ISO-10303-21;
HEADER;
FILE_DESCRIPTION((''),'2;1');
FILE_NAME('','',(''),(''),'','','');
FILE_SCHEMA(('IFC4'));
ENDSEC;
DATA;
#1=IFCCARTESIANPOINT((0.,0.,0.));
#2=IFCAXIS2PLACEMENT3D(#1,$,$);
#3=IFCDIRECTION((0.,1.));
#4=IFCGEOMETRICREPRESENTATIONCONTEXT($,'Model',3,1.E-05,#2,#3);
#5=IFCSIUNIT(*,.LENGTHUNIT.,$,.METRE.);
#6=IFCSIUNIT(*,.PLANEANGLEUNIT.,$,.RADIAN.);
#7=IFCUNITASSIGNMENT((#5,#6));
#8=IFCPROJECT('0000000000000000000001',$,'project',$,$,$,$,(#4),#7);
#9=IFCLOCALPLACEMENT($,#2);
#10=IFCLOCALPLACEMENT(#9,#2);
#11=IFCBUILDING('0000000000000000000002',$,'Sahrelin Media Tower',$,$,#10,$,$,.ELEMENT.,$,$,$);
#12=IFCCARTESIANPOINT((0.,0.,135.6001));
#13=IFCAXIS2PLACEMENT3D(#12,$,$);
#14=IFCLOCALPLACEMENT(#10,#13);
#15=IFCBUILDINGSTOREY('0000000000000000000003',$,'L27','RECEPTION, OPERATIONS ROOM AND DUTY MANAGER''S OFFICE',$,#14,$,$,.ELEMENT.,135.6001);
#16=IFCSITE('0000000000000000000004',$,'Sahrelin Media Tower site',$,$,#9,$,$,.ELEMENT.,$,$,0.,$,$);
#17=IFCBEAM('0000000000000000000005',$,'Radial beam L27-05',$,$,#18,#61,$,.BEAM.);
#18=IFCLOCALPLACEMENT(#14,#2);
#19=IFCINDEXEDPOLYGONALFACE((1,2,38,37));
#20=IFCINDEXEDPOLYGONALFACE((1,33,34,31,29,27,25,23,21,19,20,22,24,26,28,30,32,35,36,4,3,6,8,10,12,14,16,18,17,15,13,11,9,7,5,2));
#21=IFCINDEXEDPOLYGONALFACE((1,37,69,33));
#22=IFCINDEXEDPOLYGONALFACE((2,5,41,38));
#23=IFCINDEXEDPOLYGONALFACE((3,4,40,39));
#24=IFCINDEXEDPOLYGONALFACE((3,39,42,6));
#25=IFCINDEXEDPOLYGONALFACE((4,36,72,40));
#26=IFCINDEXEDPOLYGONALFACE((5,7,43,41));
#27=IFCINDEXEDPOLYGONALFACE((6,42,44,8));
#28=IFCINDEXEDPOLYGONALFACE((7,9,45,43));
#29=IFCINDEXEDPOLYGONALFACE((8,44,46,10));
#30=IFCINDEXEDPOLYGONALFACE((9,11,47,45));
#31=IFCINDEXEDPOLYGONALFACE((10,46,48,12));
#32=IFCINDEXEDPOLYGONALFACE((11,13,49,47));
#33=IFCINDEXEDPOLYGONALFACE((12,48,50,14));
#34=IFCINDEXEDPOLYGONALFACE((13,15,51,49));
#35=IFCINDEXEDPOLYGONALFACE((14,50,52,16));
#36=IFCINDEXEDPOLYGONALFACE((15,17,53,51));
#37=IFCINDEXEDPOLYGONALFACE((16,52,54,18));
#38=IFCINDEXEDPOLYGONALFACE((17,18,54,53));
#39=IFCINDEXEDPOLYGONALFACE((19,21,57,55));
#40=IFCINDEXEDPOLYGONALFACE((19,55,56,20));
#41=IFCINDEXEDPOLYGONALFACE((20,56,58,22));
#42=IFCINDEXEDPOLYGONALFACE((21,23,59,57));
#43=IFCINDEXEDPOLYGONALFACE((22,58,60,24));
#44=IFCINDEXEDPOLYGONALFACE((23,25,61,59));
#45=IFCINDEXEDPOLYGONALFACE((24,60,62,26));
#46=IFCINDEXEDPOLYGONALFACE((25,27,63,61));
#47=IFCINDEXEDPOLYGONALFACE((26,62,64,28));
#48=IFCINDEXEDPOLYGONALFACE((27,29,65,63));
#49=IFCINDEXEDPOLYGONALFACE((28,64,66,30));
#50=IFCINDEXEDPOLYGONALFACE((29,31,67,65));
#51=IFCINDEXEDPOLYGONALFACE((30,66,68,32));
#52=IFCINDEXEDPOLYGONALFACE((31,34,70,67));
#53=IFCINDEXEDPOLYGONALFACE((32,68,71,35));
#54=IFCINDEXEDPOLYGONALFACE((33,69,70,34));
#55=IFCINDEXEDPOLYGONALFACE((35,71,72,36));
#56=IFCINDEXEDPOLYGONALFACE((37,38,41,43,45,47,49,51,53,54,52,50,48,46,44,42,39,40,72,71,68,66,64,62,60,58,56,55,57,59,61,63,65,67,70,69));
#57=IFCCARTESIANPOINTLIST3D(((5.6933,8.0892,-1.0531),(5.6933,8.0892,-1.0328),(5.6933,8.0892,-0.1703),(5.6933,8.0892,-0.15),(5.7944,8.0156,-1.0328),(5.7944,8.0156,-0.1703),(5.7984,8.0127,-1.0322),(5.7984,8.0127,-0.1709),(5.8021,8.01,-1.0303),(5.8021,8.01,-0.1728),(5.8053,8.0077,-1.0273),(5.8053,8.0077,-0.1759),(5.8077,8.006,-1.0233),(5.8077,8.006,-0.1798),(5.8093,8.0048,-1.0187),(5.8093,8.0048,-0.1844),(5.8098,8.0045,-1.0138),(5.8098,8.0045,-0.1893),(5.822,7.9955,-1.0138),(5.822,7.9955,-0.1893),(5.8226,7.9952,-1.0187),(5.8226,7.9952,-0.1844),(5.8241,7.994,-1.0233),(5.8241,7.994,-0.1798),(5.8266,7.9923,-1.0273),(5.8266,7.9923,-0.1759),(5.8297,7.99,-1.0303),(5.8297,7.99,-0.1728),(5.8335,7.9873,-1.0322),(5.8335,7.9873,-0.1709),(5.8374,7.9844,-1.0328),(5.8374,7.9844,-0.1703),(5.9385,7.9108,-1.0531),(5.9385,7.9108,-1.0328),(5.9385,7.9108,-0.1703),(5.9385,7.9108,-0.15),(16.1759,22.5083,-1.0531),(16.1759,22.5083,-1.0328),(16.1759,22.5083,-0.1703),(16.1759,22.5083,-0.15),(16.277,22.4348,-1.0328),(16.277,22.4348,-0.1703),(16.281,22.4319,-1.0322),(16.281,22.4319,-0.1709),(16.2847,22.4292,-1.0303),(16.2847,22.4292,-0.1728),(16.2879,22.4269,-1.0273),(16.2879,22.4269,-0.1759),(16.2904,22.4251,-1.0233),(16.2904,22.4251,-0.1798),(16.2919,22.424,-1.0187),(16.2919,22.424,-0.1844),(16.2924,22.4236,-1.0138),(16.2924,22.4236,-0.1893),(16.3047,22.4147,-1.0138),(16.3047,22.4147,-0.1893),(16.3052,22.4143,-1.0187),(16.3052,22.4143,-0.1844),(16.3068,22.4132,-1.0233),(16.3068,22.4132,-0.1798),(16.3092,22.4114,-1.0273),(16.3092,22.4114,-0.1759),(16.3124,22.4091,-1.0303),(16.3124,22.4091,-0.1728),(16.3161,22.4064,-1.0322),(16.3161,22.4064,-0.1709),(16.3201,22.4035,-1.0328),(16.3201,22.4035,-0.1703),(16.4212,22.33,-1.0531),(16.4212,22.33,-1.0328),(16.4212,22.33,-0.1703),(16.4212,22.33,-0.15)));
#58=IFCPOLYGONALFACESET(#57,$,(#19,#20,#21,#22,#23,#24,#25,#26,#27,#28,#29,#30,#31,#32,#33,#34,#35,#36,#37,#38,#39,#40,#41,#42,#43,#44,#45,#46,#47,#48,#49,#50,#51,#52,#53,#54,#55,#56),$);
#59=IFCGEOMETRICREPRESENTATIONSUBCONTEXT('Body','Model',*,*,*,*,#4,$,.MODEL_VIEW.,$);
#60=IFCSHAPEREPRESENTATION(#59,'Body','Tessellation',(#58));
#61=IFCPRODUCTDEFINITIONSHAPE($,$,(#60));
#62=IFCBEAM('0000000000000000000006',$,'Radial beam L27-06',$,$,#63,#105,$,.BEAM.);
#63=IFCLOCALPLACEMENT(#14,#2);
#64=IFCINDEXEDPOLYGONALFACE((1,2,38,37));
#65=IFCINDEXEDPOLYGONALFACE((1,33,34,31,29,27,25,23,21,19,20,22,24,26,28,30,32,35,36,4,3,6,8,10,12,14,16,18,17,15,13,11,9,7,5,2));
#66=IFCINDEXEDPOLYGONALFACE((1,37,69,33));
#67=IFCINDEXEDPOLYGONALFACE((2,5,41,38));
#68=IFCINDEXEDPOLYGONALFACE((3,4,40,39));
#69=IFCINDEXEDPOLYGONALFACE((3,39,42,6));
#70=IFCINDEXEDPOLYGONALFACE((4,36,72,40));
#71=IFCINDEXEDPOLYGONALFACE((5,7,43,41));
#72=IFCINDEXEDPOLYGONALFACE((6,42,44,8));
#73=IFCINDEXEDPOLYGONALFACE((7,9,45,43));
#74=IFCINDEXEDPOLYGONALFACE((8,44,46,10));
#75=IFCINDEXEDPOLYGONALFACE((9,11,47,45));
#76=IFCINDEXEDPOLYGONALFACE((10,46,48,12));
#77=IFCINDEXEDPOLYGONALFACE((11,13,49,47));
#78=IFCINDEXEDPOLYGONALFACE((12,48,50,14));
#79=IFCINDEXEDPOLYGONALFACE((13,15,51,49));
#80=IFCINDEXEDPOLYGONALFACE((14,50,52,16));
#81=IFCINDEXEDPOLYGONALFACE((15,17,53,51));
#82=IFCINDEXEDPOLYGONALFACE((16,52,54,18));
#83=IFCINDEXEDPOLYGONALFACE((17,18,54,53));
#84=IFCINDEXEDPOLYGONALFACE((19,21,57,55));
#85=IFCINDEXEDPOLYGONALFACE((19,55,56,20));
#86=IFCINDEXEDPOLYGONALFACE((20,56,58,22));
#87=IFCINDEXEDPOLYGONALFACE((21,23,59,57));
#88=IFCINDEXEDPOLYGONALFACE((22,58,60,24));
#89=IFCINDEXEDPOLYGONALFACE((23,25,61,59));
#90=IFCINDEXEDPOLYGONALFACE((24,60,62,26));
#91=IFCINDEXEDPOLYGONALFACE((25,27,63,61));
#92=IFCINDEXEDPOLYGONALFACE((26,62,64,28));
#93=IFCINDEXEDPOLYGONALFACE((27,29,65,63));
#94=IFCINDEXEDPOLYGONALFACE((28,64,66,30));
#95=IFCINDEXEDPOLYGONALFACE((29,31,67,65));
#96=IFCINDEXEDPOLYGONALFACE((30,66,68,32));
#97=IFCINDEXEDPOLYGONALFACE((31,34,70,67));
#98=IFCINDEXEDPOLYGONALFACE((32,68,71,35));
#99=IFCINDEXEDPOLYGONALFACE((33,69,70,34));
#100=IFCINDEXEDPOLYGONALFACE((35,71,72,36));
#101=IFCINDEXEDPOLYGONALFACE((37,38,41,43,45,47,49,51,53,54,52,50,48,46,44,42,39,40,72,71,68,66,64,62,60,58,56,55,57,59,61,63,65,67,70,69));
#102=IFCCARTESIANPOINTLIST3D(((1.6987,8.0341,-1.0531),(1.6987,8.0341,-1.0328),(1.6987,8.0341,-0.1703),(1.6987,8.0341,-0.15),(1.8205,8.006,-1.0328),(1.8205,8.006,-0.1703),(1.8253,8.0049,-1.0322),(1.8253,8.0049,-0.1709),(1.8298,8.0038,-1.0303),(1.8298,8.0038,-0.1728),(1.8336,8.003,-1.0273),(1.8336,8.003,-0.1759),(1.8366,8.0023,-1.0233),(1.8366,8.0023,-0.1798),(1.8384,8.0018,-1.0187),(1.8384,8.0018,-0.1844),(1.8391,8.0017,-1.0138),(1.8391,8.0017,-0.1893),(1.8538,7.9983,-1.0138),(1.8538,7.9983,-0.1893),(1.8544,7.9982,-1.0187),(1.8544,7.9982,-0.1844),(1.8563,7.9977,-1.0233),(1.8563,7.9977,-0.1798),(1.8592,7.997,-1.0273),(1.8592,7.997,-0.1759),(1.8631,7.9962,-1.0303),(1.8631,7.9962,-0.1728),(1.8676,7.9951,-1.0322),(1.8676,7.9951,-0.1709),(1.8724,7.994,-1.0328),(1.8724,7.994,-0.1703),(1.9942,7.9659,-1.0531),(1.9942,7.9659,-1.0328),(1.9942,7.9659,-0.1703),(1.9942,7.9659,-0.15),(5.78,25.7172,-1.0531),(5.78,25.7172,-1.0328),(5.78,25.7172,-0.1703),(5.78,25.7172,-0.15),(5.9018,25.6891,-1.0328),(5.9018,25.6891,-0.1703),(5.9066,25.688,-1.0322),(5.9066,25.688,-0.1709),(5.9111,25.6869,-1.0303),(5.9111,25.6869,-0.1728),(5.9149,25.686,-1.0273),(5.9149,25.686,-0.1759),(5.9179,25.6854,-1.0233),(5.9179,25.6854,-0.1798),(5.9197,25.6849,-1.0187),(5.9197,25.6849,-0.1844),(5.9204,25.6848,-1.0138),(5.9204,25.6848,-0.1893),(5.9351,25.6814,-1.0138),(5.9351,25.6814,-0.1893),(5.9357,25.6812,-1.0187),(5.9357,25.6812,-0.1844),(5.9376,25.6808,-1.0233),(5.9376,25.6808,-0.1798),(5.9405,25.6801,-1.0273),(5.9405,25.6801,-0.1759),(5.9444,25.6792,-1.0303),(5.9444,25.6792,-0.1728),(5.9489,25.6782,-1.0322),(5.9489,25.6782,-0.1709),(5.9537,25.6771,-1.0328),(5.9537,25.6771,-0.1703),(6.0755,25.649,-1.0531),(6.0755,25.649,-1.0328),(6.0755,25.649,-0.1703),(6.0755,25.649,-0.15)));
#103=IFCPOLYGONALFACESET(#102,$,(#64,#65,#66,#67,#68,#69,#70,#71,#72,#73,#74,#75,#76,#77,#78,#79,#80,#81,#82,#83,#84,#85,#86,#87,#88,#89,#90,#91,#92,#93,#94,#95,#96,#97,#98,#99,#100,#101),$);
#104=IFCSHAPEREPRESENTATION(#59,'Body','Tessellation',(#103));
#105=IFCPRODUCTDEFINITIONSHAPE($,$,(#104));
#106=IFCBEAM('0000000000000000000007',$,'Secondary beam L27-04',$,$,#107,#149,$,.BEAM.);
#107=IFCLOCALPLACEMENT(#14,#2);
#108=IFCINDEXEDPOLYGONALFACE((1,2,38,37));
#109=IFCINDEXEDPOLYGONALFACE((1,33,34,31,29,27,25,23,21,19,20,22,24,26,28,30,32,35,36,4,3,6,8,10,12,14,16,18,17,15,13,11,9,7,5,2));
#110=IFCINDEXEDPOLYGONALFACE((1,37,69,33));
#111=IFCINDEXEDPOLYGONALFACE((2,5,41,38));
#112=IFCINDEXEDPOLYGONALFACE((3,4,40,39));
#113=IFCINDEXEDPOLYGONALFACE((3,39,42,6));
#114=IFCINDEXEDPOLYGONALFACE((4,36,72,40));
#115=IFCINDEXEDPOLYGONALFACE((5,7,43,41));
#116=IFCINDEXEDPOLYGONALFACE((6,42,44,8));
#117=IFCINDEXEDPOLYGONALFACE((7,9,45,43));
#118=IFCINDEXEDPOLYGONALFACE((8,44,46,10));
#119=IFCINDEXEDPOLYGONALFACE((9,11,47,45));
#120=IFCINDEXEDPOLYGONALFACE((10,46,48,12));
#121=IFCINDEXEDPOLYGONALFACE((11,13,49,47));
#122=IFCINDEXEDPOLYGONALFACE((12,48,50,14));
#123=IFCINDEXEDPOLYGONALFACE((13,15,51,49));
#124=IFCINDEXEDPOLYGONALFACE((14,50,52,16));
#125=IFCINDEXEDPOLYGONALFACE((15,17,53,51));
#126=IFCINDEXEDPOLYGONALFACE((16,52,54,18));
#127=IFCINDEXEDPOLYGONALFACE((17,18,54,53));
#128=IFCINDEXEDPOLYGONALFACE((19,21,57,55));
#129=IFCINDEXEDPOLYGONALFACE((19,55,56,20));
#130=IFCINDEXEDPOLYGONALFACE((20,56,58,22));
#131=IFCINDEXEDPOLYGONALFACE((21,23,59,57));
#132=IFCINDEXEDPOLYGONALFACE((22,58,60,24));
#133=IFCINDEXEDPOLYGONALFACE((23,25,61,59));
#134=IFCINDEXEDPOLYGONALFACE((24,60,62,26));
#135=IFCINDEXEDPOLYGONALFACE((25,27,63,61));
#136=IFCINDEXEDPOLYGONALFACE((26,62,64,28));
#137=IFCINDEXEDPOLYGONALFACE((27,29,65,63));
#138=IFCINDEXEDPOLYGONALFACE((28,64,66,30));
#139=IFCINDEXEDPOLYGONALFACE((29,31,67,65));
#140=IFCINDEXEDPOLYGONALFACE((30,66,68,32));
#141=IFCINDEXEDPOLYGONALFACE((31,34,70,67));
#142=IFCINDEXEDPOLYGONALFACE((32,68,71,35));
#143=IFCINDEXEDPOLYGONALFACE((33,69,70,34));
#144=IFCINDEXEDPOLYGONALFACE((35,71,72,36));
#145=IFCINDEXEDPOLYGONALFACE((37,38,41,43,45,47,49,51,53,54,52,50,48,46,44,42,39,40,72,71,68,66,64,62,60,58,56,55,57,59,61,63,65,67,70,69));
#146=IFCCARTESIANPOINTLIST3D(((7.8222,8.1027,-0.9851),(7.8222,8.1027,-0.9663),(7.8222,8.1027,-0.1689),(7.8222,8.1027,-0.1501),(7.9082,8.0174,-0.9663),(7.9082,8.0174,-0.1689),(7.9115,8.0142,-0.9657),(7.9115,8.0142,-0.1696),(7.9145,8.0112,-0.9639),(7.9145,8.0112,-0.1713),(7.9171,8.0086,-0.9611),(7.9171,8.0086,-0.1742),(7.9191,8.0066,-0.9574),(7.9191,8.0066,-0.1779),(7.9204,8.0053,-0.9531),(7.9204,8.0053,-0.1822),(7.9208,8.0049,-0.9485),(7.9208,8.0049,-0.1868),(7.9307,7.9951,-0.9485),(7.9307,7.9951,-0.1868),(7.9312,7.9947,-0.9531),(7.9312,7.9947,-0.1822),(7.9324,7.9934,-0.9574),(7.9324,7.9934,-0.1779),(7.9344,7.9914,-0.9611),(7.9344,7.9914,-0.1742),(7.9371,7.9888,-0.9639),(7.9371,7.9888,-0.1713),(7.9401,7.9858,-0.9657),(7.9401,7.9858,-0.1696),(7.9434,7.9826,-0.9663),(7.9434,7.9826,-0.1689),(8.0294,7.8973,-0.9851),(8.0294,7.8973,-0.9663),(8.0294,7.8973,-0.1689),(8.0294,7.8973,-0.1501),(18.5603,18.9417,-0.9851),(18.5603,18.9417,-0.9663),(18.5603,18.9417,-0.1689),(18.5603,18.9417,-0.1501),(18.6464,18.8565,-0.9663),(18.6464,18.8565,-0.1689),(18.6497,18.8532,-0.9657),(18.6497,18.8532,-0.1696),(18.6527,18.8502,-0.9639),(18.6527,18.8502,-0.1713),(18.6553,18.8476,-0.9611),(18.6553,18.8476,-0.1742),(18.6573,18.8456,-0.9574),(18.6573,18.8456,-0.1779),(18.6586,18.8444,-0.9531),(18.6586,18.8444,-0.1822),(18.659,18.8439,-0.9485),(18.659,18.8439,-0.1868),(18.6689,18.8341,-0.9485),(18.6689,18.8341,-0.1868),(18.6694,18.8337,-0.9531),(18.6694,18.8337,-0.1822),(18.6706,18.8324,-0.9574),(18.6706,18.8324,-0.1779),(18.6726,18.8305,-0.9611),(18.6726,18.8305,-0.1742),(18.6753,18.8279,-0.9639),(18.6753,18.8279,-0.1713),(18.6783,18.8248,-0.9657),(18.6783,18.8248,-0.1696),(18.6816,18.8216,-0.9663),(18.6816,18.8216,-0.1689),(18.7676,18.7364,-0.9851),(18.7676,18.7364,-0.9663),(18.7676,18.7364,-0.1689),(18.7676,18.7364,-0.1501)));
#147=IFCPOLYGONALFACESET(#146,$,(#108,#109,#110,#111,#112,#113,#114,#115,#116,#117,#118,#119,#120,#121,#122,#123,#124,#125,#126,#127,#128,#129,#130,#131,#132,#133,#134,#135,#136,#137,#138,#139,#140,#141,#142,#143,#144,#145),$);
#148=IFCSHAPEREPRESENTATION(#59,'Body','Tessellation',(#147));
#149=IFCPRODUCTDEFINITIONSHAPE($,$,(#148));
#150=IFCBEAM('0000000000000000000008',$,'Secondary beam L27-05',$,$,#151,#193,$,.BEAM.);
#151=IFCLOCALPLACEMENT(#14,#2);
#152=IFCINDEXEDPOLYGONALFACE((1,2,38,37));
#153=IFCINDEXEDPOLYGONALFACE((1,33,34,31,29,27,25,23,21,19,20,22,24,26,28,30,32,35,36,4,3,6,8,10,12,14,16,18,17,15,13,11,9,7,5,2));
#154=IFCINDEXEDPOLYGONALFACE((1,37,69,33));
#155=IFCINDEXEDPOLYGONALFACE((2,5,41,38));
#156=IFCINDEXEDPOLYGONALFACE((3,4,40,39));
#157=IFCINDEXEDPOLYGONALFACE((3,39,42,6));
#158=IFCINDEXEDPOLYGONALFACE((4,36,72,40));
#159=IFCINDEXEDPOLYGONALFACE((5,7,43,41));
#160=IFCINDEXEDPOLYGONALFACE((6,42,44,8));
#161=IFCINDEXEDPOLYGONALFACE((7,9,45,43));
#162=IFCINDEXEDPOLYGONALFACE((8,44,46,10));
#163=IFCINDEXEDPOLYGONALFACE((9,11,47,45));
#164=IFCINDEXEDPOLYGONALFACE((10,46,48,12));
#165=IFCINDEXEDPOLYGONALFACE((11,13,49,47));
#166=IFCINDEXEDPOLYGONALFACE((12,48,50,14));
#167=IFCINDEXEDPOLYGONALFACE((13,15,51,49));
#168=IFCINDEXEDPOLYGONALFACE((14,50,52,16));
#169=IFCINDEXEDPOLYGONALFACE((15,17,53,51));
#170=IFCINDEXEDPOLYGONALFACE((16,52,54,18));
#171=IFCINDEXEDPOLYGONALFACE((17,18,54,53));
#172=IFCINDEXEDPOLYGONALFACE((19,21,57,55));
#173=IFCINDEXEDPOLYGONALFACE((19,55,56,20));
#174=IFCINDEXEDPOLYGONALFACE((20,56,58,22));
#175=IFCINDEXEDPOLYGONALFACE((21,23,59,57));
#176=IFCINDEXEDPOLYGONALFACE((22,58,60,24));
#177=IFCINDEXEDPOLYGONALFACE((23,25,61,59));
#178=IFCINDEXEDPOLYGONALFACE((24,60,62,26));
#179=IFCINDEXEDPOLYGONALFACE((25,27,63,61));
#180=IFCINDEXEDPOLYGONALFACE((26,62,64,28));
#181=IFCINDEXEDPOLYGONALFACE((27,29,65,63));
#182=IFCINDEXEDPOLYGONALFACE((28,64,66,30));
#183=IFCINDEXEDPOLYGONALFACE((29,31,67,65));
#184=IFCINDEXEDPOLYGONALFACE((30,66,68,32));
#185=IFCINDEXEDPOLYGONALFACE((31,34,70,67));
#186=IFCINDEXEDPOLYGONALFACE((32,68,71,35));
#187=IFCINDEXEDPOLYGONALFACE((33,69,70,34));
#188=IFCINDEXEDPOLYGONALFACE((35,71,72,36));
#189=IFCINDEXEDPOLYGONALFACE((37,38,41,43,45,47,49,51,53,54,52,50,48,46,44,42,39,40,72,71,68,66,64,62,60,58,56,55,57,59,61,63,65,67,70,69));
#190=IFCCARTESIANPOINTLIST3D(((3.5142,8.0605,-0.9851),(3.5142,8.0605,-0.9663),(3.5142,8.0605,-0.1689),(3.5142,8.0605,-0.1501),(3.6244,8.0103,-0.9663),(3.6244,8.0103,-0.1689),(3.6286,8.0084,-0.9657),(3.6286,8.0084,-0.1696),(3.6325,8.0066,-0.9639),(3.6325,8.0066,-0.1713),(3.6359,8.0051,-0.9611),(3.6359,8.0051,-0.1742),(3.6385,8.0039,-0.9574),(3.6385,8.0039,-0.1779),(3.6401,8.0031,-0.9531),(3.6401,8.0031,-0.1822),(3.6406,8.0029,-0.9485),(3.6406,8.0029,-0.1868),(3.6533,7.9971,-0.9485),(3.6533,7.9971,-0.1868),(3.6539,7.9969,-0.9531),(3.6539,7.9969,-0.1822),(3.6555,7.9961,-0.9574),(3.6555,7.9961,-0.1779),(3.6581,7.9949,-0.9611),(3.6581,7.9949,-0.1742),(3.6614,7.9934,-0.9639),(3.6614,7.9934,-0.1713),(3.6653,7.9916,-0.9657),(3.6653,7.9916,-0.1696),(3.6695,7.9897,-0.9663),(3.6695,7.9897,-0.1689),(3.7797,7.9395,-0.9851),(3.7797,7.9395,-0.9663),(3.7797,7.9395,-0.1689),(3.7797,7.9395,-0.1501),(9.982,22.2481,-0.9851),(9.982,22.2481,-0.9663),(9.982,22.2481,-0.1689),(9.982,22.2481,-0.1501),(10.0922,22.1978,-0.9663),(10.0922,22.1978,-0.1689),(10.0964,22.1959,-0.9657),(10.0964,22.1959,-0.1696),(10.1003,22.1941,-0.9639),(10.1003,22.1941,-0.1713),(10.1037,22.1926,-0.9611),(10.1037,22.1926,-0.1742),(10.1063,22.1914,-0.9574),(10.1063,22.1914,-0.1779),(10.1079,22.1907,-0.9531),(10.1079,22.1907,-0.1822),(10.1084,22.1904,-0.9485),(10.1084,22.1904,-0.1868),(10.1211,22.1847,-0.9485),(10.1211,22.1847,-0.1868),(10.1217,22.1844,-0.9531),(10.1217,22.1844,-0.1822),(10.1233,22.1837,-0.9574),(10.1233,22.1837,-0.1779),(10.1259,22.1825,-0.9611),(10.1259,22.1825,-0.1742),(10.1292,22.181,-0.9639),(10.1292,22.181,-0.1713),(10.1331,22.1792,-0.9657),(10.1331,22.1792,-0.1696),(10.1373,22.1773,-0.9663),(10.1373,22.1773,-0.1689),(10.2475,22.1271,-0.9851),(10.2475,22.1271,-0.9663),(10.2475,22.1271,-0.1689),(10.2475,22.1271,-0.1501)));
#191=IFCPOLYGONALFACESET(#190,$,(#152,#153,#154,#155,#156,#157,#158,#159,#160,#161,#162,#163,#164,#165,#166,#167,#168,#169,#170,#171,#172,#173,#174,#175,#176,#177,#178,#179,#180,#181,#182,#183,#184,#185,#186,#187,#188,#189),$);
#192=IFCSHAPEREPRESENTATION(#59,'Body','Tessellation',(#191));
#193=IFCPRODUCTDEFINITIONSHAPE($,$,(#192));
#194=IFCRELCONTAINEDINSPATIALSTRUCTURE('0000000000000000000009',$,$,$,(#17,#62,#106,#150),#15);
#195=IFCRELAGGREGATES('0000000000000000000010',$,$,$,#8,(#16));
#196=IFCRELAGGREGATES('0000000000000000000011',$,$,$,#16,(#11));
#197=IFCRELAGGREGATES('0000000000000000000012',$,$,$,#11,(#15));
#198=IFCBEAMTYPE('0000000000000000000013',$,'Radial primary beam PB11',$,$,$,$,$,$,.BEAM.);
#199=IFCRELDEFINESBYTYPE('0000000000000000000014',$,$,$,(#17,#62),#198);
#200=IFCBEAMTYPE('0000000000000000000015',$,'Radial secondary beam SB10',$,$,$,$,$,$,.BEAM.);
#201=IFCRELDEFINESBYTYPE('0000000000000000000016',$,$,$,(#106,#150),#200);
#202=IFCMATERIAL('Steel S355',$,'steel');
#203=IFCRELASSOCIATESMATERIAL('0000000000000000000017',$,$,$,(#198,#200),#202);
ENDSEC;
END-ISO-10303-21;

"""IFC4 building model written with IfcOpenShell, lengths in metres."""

from ifc_helpers import new_model, si_unit, direction, frame, origin, origin_2d, place, context, subcontext, project, spatial, i_section, extrude, material, material_profile, profile_set, type_object, element, save


model = new_model("IFC4")

# Units and contexts
model_context = context("Model", 3, precision=1e-05, world=origin(), true_north=direction((0.0, 1.0)))
body_context = subcontext(model_context, "Body", "Model", "MODEL_VIEW")
ifc_project = project(units=[si_unit("LENGTHUNIT", "METRE"), si_unit("PLANEANGLEUNIT", "RADIAN")], contexts=[model_context])

# Site, building, storey
site_placement = place(None, origin())
site = spatial("IfcSite", under=ifc_project, at=site_placement, Name="Sahrelin Media Tower site", CompositionType="ELEMENT", RefElevation=0.0)
building_placement = place(site_placement, origin())
building = spatial("IfcBuilding", under=site, at=building_placement, Name="Sahrelin Media Tower", CompositionType="ELEMENT")
storey_placement = place(building_placement, frame((0.0, 0.0, 135.6001)))
storey = spatial("IfcBuildingStorey", under=building, at=storey_placement, Name="L27", Description="RECEPTION, OPERATIONS ROOM AND DUTY MANAGER'S OFFICE", CompositionType="ELEMENT", Elevation=135.6001)

# Shared definitions
ifc_material_1 = material(Name="Steel S355", Category="steel")

# Beams
ifc_material_profile_1 = material_profile(ifc_material_1, i_section(OverallWidth=0.3032, OverallDepth=0.9031, WebThickness=0.0151, FlangeThickness=0.0203, FilletRadius=0.019, at=origin_2d()), Name="UB 914x305x201")
ifc_profile_set_1 = profile_set([ifc_material_profile_1], Name="Steel S355")
beam_type_1 = type_object("IfcBeamType", Name="Radial primary beam PB11", PredefinedType="BEAM", material=ifc_profile_set_1)
beam_1_placement = place(storey_placement, frame((5.8159, 8.0, -0.6016), z_axis=(0.588024, 0.808843, 0.0), x_axis=(-0.808843, 0.588024, 0.0)))
element("IfcBeam", 1, at=beam_1_placement, inside=storey, type_object=beam_type_1, Name="Radial beam L27-05", PredefinedType="BEAM", context=body_context, shape_type="SweptSolid", body=[
    extrude(i_section(OverallWidth=0.3032, OverallDepth=0.9031, WebThickness=0.0151, FlangeThickness=0.0203, FilletRadius=0.019, at=origin_2d()), origin(), (0.0, 0.0, 1.0), 17.8269),
])
beam_2_placement = place(storey_placement, frame((1.8464, 8.0, -0.6016), z_axis=(0.22489, 0.974384, 0.0), x_axis=(-0.974384, 0.22489, 0.0)))
element("IfcBeam", 2, at=beam_2_placement, inside=storey, type_object=beam_type_1, Name="Radial beam L27-06", PredefinedType="BEAM", context=body_context, shape_type="SweptSolid", body=[
    extrude(i_section(OverallWidth=0.3032, OverallDepth=0.9031, WebThickness=0.0151, FlangeThickness=0.0203, FilletRadius=0.019, at=origin_2d()), origin(), (0.0, 0.0, 1.0), 18.1479),
])
ifc_material_profile_2 = material_profile(ifc_material_1, i_section(OverallWidth=0.2917, OverallDepth=0.835, WebThickness=0.0139, FlangeThickness=0.0188, FilletRadius=0.0178, at=origin_2d()), Name="UB 838x292x176")
ifc_profile_set_2 = profile_set([ifc_material_profile_2], Name="Steel S355")
beam_type_2 = type_object("IfcBeamType", Name="Radial secondary beam SB10", PredefinedType="BEAM", material=ifc_profile_set_2)
beam_3_placement = place(storey_placement, frame((7.9258, 8.0, -0.5676), z_axis=(0.703795, 0.710403, 0.0), x_axis=(-0.710403, 0.703795, 0.0)))
element("IfcBeam", 3, at=beam_3_placement, inside=storey, type_object=beam_type_2, Name="Secondary beam L27-04", PredefinedType="BEAM", context=body_context, shape_type="SweptSolid", body=[
    extrude(i_section(OverallWidth=0.2917, OverallDepth=0.835, WebThickness=0.0139, FlangeThickness=0.0188, FilletRadius=0.0178, at=origin_2d()), origin(), (0.0, 0.0, 1.0), 15.2576),
])
beam_4_placement = place(storey_placement, frame((3.647, 8.0, -0.5676), z_axis=(0.414808, 0.909909, 0.0), x_axis=(-0.909909, 0.414808, 0.0)))
element("IfcBeam", 4, at=beam_4_placement, inside=storey, type_object=beam_type_2, Name="Secondary beam L27-05", PredefinedType="BEAM", context=body_context, shape_type="SweptSolid", body=[
    extrude(i_section(OverallWidth=0.2917, OverallDepth=0.835, WebThickness=0.0139, FlangeThickness=0.0188, FilletRadius=0.0178, at=origin_2d()), origin(), (0.0, 0.0, 1.0), 15.5923),
])

save(model, "model.ifc")
